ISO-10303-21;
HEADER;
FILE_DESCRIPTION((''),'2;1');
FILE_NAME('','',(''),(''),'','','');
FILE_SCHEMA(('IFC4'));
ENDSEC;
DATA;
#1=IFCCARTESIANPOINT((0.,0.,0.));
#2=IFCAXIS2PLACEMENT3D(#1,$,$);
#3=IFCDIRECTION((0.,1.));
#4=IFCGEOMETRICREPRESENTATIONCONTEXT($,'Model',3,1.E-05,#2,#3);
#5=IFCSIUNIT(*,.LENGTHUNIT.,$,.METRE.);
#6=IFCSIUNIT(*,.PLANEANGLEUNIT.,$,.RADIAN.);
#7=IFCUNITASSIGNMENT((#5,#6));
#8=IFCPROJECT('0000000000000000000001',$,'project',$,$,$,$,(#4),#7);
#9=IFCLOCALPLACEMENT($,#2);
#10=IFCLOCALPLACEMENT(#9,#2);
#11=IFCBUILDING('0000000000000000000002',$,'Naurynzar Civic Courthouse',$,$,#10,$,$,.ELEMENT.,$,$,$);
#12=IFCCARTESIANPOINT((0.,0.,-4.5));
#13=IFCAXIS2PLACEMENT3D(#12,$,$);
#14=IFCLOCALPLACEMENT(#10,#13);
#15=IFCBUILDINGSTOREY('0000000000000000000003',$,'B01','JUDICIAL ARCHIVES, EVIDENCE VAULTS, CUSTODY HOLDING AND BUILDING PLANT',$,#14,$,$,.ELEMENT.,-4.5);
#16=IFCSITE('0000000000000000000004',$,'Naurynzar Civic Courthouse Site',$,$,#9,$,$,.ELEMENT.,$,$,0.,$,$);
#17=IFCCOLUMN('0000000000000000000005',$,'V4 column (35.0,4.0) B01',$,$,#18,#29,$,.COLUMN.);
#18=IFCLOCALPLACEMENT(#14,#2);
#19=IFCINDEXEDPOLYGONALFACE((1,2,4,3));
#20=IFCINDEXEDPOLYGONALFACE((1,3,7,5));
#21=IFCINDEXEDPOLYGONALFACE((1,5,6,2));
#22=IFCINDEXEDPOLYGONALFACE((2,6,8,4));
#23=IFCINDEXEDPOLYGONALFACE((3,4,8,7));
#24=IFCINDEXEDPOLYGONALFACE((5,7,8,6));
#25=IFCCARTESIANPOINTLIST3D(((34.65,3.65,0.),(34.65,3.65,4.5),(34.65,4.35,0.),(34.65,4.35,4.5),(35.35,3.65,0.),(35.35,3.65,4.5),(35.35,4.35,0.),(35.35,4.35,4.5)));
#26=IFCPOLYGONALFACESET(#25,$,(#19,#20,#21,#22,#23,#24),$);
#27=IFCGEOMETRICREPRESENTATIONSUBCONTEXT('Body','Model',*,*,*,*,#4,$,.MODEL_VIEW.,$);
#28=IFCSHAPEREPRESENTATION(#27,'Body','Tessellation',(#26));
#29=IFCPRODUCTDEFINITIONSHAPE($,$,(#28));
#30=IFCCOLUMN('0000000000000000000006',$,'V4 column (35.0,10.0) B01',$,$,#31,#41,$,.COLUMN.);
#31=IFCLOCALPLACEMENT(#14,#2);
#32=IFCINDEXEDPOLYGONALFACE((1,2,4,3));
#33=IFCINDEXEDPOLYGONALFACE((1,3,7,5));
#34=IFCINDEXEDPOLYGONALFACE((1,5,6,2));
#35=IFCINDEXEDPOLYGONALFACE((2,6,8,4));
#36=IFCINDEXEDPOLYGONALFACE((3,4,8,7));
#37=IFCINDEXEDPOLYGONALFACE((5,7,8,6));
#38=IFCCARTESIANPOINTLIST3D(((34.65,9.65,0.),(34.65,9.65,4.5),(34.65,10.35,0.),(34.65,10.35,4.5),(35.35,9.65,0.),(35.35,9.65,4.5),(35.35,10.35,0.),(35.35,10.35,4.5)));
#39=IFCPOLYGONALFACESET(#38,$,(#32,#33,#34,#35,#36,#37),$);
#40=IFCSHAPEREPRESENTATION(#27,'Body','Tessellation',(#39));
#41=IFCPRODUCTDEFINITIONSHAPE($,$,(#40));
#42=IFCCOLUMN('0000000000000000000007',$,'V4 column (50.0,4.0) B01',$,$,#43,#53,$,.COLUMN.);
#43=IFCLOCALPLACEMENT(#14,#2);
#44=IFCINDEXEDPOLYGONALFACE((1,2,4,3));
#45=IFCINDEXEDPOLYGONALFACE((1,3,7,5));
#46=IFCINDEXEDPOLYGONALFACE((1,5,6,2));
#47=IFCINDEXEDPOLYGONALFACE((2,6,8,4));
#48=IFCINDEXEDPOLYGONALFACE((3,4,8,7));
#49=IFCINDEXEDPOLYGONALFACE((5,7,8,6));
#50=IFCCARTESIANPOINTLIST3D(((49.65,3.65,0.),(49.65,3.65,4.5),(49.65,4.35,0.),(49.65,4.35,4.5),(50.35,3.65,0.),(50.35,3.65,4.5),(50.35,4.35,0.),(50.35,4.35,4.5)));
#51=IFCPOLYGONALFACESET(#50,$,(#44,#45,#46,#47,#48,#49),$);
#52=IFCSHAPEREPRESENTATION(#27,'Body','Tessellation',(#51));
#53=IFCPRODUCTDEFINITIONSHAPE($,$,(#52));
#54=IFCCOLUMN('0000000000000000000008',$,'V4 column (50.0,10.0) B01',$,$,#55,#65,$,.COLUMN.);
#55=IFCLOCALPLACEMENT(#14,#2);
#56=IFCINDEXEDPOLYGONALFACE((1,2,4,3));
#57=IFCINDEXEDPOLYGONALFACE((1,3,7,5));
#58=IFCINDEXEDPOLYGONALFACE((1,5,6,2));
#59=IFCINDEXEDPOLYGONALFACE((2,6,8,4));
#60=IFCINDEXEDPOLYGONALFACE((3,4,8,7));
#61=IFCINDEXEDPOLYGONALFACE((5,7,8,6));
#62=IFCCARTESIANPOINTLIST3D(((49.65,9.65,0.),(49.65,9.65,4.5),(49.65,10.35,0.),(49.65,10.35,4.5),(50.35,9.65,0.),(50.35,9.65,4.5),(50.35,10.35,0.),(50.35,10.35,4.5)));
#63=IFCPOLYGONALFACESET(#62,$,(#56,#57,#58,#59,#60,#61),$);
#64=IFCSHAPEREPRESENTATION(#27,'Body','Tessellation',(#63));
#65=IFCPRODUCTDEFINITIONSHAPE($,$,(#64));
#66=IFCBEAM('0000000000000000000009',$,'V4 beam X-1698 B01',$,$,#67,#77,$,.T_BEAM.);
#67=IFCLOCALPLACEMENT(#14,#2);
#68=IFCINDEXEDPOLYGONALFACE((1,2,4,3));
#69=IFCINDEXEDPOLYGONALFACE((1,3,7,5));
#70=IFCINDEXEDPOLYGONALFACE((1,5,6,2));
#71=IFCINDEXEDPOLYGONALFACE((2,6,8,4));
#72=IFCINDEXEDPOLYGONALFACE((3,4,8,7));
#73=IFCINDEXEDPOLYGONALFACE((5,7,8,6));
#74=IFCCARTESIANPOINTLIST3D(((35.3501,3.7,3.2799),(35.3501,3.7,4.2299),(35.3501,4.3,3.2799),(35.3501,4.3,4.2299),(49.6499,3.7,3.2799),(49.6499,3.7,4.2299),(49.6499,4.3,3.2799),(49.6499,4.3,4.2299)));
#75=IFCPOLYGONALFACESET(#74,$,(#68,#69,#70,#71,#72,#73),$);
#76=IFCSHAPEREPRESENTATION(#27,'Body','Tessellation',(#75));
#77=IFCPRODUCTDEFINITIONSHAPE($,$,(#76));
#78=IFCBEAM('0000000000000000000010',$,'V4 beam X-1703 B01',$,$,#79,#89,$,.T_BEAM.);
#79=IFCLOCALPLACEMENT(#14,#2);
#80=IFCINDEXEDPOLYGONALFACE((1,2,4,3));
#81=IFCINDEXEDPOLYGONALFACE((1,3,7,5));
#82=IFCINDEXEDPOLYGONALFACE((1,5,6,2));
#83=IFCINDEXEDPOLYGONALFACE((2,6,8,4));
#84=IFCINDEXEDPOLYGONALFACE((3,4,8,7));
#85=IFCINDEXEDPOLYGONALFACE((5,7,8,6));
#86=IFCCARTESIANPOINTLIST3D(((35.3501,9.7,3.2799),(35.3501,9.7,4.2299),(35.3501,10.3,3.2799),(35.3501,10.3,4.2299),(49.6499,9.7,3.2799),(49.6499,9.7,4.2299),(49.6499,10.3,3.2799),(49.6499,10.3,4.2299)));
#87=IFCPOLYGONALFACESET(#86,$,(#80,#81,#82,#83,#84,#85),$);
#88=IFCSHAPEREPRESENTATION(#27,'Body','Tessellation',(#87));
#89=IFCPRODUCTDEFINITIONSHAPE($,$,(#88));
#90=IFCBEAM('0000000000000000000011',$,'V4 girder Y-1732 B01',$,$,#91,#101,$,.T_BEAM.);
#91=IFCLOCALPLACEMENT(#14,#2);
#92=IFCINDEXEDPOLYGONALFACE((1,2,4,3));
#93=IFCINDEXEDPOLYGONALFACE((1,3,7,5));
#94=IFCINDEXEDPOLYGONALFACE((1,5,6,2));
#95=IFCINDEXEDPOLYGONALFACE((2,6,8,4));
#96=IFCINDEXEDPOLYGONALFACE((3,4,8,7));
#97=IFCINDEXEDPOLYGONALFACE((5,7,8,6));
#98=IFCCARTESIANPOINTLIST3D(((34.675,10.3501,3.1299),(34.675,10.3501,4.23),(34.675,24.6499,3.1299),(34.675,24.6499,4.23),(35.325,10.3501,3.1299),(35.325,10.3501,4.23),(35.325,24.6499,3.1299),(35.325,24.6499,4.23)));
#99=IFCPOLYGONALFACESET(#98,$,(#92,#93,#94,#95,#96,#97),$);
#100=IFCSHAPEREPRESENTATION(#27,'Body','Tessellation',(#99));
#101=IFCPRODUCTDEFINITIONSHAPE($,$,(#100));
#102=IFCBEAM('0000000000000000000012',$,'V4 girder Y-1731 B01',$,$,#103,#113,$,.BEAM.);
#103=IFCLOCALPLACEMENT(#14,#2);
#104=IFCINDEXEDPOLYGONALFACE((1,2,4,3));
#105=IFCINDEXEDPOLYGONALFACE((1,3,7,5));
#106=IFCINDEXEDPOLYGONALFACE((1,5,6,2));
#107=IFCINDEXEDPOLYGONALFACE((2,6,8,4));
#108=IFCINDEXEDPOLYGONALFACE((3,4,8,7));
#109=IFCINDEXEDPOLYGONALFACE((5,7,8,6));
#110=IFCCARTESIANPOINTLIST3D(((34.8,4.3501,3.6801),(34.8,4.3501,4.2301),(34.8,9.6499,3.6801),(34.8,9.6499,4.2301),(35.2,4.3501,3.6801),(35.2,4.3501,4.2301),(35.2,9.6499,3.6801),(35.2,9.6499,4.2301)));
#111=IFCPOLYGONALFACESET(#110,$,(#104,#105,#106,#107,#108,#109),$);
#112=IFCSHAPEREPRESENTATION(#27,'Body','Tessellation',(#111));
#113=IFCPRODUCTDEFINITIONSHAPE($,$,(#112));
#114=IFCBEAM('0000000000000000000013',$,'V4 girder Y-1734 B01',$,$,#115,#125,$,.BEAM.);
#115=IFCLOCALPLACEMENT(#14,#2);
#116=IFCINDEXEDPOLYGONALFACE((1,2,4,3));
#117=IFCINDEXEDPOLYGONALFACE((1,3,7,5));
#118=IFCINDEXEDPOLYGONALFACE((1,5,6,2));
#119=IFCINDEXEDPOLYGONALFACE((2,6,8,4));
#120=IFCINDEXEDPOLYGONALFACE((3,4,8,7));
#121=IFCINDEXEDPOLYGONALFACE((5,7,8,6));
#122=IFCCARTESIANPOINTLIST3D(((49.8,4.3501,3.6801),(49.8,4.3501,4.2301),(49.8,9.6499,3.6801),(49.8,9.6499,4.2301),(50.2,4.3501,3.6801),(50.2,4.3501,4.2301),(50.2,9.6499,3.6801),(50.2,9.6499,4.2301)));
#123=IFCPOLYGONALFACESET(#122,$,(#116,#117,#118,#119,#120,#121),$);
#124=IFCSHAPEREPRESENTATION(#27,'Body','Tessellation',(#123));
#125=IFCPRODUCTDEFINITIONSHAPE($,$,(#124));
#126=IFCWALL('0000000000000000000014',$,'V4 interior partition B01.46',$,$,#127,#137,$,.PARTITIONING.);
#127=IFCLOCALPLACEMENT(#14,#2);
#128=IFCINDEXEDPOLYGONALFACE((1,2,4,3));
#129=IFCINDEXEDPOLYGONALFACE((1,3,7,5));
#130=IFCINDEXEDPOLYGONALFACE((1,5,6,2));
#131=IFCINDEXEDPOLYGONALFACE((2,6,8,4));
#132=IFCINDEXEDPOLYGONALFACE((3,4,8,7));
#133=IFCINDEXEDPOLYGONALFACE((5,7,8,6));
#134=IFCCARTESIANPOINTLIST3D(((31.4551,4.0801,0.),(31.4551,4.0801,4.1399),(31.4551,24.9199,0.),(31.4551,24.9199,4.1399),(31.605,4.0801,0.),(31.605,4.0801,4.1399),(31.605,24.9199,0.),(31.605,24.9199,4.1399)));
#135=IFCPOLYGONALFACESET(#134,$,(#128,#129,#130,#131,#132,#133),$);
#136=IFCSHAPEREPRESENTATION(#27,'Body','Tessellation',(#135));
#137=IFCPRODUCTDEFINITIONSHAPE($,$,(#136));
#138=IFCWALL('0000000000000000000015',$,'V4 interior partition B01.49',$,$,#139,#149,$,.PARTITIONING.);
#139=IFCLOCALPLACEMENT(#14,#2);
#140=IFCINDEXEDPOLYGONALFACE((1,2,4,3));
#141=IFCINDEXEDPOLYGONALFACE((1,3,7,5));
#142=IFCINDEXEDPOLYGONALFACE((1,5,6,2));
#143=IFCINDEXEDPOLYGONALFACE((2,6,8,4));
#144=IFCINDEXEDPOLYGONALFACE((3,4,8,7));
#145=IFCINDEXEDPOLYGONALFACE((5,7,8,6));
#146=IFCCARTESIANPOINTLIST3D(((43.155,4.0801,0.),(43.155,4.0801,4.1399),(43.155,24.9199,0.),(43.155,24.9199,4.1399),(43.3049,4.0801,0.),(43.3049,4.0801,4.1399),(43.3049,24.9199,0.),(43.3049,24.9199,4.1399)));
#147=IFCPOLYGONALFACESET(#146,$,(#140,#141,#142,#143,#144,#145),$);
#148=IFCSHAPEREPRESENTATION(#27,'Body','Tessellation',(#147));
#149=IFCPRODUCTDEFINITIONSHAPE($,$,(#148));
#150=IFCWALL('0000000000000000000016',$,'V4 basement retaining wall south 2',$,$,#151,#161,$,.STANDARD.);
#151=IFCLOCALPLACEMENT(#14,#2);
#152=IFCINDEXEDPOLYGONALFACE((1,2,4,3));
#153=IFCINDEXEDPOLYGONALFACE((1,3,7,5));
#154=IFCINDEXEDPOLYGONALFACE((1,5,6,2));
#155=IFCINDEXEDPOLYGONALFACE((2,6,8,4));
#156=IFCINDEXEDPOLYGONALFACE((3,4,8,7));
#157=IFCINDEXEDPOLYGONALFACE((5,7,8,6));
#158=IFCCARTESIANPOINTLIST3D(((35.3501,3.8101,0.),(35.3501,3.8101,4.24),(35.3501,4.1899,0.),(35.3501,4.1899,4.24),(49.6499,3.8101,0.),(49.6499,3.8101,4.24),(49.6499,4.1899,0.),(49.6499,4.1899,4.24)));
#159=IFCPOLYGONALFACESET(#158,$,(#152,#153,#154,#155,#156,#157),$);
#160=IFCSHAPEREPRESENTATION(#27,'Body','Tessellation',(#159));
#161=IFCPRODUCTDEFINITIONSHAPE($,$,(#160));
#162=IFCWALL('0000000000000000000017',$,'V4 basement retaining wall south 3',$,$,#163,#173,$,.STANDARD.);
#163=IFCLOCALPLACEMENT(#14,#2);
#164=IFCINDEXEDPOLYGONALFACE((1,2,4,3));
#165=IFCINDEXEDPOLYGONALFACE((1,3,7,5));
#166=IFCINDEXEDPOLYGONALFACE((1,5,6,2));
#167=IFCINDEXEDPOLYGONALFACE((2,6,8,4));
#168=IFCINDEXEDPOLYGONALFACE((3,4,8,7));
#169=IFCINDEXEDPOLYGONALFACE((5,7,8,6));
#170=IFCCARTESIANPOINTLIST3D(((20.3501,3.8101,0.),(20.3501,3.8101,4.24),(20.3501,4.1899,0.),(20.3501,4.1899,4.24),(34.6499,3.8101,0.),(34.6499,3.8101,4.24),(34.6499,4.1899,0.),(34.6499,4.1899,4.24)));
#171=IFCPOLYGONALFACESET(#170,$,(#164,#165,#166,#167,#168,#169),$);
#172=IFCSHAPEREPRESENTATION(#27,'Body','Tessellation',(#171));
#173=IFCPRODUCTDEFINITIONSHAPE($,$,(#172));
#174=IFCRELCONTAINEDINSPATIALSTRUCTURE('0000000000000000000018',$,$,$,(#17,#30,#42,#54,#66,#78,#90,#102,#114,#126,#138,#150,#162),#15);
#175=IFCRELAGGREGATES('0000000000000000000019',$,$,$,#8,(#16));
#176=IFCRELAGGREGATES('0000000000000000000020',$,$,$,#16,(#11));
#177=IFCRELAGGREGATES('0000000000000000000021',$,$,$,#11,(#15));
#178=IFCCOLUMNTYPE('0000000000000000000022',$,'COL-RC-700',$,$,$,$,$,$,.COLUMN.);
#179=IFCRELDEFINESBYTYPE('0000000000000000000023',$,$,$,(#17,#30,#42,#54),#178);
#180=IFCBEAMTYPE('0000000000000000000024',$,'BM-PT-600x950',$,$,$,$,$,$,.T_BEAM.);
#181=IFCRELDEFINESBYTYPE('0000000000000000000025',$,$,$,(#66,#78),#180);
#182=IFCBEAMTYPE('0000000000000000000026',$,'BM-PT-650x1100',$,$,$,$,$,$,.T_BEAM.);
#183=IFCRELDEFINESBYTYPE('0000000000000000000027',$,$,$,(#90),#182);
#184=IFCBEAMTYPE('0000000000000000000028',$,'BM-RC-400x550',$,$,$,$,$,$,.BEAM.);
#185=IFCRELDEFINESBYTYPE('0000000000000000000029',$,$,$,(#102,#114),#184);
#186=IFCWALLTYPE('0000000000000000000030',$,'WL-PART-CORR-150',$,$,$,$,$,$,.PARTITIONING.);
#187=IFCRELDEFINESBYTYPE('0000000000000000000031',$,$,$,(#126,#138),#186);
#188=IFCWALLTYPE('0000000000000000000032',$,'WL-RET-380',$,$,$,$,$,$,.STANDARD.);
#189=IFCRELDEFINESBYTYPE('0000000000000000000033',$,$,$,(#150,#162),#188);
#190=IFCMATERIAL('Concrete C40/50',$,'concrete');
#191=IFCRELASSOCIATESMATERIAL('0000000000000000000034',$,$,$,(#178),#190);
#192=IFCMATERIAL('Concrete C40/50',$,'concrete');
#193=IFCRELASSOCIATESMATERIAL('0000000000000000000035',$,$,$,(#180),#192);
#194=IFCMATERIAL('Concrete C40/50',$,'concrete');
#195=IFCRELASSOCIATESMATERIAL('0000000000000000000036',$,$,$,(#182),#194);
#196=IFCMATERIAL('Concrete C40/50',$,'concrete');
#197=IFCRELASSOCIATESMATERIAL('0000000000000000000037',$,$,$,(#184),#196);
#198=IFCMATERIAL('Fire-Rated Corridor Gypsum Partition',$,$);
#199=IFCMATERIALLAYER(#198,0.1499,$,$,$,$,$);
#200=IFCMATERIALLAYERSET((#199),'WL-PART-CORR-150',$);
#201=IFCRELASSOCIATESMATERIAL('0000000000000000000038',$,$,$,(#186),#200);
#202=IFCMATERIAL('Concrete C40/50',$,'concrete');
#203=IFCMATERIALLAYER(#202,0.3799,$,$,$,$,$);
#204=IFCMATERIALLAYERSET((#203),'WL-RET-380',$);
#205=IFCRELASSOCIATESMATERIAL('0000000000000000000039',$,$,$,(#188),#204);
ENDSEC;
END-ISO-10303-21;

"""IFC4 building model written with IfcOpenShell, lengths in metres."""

from ifc_helpers import new_model, si_unit, direction, frame, frame_2d, origin, origin_2d, place, context, subcontext, project, spatial, rectangle, extrude, material, layer, layer_set, material_profile, profile_set, type_object, element, save


model = new_model("IFC4")

# Units and contexts
model_context = context("Model", 3, precision=1e-05, world=origin(), true_north=direction((0.0, 1.0)))
body_context = subcontext(model_context, "Body", "Model", "MODEL_VIEW")
ifc_project = project(units=[si_unit("LENGTHUNIT", "METRE"), si_unit("PLANEANGLEUNIT", "RADIAN")], contexts=[model_context])

# Site, building, storey
site_placement = place(None, origin())
site = spatial("IfcSite", under=ifc_project, at=site_placement, Name="Naurynzar Civic Courthouse Site", CompositionType="ELEMENT", RefElevation=0.0)
building_placement = place(site_placement, origin())
building = spatial("IfcBuilding", under=site, at=building_placement, Name="Naurynzar Civic Courthouse", CompositionType="ELEMENT")
storey_placement = place(building_placement, frame((0.0, 0.0, -4.5)))
storey = spatial("IfcBuildingStorey", under=building, at=storey_placement, Name="B01", Description="JUDICIAL ARCHIVES, EVIDENCE VAULTS, CUSTODY HOLDING AND BUILDING PLANT", CompositionType="ELEMENT", Elevation=-4.5)

# Columns
ifc_material_1 = material(Name="Concrete C40/50", Category="concrete")
ifc_material_profile_1 = material_profile(ifc_material_1, rectangle(XDim=0.7, YDim=0.7, at=origin_2d()), Name="RC 700x700")
ifc_profile_set_1 = profile_set([ifc_material_profile_1], Name="Concrete C40/50")
column_type = type_object("IfcColumnType", Name="COL-RC-700", PredefinedType="COLUMN", material=ifc_profile_set_1)
for number, where, z_axis, x_axis, name in (
    (1, (35.0, 4.0, 0.0), (0.0, 0.0, 1.0), (1.0, 0.0, 0.0), "V4 column (35.0,4.0) B01"),
    (2, (35.0, 10.0, 0.0), (0.0, 0.0, 1.0), (1.0, 0.0, 0.0), "V4 column (35.0,10.0) B01"),
    (3, (50.0, 4.0, 0.0), (0.0, 0.0, 1.0), (1.0, 0.0, 0.0), "V4 column (50.0,4.0) B01"),
    (4, (50.0, 10.0, 0.0), (0.0, 0.0, 1.0), (1.0, 0.0, 0.0), "V4 column (50.0,10.0) B01"),
):
    element("IfcColumn", number, at=place(storey_placement, frame(where, z_axis=z_axis, x_axis=x_axis)), inside=storey, type_object=column_type, Name=name, PredefinedType="COLUMN", context=body_context, shape_type="SweptSolid", body=[
        extrude(rectangle(XDim=0.7, YDim=0.7, at=origin_2d()), origin(), (0.0, 0.0, 1.0), 4.5),
    ])

# Beams
ifc_material_2 = material(Name="Concrete C40/50", Category="concrete")
ifc_material_profile_2 = material_profile(ifc_material_2, rectangle(XDim=0.6001, YDim=0.95, at=origin_2d()), Name="PTB 600x950")
ifc_profile_set_2 = profile_set([ifc_material_profile_2], Name="Concrete C40/50")
beam_type_1 = type_object("IfcBeamType", Name="BM-PT-600x950", PredefinedType="T_BEAM", material=ifc_profile_set_2)
for number, where, z_axis, x_axis, name in (
    (5, (35.3501, 4.0, 3.7549), (1.0, 0.0, 0.0), (0.0, 1.0, 0.0), "V4 beam X-1698 B01"),
    (6, (35.3501, 10.0, 3.7549), (1.0, 0.0, 0.0), (0.0, 1.0, 0.0), "V4 beam X-1703 B01"),
):
    element("IfcBeam", number, at=place(storey_placement, frame(where, z_axis=z_axis, x_axis=x_axis)), inside=storey, type_object=beam_type_1, Name=name, PredefinedType="T_BEAM", context=body_context, shape_type="SweptSolid", body=[
        extrude(rectangle(XDim=0.6001, YDim=0.95, at=origin_2d()), origin(), (0.0, 0.0, 1.0), 14.2998),
    ])
ifc_material_3 = material(Name="Concrete C40/50", Category="concrete")
ifc_material_profile_3 = material_profile(ifc_material_3, rectangle(XDim=0.6499, YDim=1.1001, at=origin_2d()), Name="PTB 650x1100")
ifc_profile_set_3 = profile_set([ifc_material_profile_3], Name="Concrete C40/50")
beam_type_2 = type_object("IfcBeamType", Name="BM-PT-650x1100", PredefinedType="T_BEAM", material=ifc_profile_set_3)
beam_placement = place(storey_placement, frame((35.0, 10.3501, 3.6799), z_axis=(0.0, 1.0, 0.0), x_axis=(-1.0, 0.0, 0.0)))
element("IfcBeam", 7, at=beam_placement, inside=storey, type_object=beam_type_2, Name="V4 girder Y-1732 B01", PredefinedType="T_BEAM", context=body_context, shape_type="SweptSolid", body=[
    extrude(rectangle(XDim=0.6499, YDim=1.1001, at=origin_2d()), origin(), (0.0, 0.0, 1.0), 14.2998),
])
ifc_material_4 = material(Name="Concrete C40/50", Category="concrete")
ifc_material_profile_4 = material_profile(ifc_material_4, rectangle(XDim=0.3999, YDim=0.55, at=origin_2d()), Name="RCB 400x550")
ifc_profile_set_4 = profile_set([ifc_material_profile_4], Name="Concrete C40/50")
beam_type_3 = type_object("IfcBeamType", Name="BM-RC-400x550", PredefinedType="BEAM", material=ifc_profile_set_4)
for number, where, z_axis, x_axis, name in (
    (8, (35.0, 4.3501, 3.9551), (0.0, 1.0, 0.0), (-1.0, 0.0, 0.0), "V4 girder Y-1731 B01"),
    (9, (50.0, 4.3501, 3.9551), (0.0, 1.0, 0.0), (-1.0, 0.0, 0.0), "V4 girder Y-1734 B01"),
):
    element("IfcBeam", number, at=place(storey_placement, frame(where, z_axis=z_axis, x_axis=x_axis)), inside=storey, type_object=beam_type_3, Name=name, PredefinedType="BEAM", context=body_context, shape_type="SweptSolid", body=[
        extrude(rectangle(XDim=0.3999, YDim=0.55, at=origin_2d()), origin(), (0.0, 0.0, 1.0), 5.2998),
    ])

# Walls
ifc_material_5 = material(Name="Fire-Rated Corridor Gypsum Partition")
ifc_layer_1 = layer(ifc_material_5, 0.1499)
ifc_layer_set_1 = layer_set([ifc_layer_1], Name="WL-PART-CORR-150")
wall_type_1 = type_object("IfcWallType", Name="WL-PART-CORR-150", PredefinedType="PARTITIONING", material=ifc_layer_set_1)
for number, where, z_axis, x_axis, name in (
    (10, (31.53, 4.0801, 0.0), (0.0, 0.0, 1.0), (0.0, 1.0, 0.0), "V4 interior partition B01.46"),
    (11, (43.23, 4.0801, 0.0), (0.0, 0.0, 1.0), (0.0, 1.0, 0.0), "V4 interior partition B01.49"),
):
    element("IfcWall", number, at=place(storey_placement, frame(where, z_axis=z_axis, x_axis=x_axis)), inside=storey, type_object=wall_type_1, Name=name, PredefinedType="PARTITIONING", context=body_context, shape_type="SweptSolid", body=[
        extrude(rectangle(XDim=20.8398, YDim=0.1499, at=frame_2d((10.4199, 0.0))), origin(), (0.0, 0.0, 1.0), 4.1399),
    ])
ifc_material_6 = material(Name="Concrete C40/50", Category="concrete")
ifc_layer_2 = layer(ifc_material_6, 0.3799)
ifc_layer_set_2 = layer_set([ifc_layer_2], Name="WL-RET-380")
wall_type_2 = type_object("IfcWallType", Name="WL-RET-380", PredefinedType="STANDARD", material=ifc_layer_set_2)
for number, where, z_axis, x_axis, name in (
    (12, (49.6499, 4.0, 0.0), (0.0, 0.0, 1.0), (-1.0, 0.0, 0.0), "V4 basement retaining wall south 2"),
    (13, (34.6499, 4.0, 0.0), (0.0, 0.0, 1.0), (-1.0, 0.0, 0.0), "V4 basement retaining wall south 3"),
):
    element("IfcWall", number, at=place(storey_placement, frame(where, z_axis=z_axis, x_axis=x_axis)), inside=storey, type_object=wall_type_2, Name=name, PredefinedType="STANDARD", context=body_context, shape_type="SweptSolid", body=[
        extrude(rectangle(XDim=14.2998, YDim=0.3799, at=frame_2d((7.1499, 0.0))), origin(), (0.0, 0.0, 1.0), 4.24),
    ])

save(model, "model.ifc")
